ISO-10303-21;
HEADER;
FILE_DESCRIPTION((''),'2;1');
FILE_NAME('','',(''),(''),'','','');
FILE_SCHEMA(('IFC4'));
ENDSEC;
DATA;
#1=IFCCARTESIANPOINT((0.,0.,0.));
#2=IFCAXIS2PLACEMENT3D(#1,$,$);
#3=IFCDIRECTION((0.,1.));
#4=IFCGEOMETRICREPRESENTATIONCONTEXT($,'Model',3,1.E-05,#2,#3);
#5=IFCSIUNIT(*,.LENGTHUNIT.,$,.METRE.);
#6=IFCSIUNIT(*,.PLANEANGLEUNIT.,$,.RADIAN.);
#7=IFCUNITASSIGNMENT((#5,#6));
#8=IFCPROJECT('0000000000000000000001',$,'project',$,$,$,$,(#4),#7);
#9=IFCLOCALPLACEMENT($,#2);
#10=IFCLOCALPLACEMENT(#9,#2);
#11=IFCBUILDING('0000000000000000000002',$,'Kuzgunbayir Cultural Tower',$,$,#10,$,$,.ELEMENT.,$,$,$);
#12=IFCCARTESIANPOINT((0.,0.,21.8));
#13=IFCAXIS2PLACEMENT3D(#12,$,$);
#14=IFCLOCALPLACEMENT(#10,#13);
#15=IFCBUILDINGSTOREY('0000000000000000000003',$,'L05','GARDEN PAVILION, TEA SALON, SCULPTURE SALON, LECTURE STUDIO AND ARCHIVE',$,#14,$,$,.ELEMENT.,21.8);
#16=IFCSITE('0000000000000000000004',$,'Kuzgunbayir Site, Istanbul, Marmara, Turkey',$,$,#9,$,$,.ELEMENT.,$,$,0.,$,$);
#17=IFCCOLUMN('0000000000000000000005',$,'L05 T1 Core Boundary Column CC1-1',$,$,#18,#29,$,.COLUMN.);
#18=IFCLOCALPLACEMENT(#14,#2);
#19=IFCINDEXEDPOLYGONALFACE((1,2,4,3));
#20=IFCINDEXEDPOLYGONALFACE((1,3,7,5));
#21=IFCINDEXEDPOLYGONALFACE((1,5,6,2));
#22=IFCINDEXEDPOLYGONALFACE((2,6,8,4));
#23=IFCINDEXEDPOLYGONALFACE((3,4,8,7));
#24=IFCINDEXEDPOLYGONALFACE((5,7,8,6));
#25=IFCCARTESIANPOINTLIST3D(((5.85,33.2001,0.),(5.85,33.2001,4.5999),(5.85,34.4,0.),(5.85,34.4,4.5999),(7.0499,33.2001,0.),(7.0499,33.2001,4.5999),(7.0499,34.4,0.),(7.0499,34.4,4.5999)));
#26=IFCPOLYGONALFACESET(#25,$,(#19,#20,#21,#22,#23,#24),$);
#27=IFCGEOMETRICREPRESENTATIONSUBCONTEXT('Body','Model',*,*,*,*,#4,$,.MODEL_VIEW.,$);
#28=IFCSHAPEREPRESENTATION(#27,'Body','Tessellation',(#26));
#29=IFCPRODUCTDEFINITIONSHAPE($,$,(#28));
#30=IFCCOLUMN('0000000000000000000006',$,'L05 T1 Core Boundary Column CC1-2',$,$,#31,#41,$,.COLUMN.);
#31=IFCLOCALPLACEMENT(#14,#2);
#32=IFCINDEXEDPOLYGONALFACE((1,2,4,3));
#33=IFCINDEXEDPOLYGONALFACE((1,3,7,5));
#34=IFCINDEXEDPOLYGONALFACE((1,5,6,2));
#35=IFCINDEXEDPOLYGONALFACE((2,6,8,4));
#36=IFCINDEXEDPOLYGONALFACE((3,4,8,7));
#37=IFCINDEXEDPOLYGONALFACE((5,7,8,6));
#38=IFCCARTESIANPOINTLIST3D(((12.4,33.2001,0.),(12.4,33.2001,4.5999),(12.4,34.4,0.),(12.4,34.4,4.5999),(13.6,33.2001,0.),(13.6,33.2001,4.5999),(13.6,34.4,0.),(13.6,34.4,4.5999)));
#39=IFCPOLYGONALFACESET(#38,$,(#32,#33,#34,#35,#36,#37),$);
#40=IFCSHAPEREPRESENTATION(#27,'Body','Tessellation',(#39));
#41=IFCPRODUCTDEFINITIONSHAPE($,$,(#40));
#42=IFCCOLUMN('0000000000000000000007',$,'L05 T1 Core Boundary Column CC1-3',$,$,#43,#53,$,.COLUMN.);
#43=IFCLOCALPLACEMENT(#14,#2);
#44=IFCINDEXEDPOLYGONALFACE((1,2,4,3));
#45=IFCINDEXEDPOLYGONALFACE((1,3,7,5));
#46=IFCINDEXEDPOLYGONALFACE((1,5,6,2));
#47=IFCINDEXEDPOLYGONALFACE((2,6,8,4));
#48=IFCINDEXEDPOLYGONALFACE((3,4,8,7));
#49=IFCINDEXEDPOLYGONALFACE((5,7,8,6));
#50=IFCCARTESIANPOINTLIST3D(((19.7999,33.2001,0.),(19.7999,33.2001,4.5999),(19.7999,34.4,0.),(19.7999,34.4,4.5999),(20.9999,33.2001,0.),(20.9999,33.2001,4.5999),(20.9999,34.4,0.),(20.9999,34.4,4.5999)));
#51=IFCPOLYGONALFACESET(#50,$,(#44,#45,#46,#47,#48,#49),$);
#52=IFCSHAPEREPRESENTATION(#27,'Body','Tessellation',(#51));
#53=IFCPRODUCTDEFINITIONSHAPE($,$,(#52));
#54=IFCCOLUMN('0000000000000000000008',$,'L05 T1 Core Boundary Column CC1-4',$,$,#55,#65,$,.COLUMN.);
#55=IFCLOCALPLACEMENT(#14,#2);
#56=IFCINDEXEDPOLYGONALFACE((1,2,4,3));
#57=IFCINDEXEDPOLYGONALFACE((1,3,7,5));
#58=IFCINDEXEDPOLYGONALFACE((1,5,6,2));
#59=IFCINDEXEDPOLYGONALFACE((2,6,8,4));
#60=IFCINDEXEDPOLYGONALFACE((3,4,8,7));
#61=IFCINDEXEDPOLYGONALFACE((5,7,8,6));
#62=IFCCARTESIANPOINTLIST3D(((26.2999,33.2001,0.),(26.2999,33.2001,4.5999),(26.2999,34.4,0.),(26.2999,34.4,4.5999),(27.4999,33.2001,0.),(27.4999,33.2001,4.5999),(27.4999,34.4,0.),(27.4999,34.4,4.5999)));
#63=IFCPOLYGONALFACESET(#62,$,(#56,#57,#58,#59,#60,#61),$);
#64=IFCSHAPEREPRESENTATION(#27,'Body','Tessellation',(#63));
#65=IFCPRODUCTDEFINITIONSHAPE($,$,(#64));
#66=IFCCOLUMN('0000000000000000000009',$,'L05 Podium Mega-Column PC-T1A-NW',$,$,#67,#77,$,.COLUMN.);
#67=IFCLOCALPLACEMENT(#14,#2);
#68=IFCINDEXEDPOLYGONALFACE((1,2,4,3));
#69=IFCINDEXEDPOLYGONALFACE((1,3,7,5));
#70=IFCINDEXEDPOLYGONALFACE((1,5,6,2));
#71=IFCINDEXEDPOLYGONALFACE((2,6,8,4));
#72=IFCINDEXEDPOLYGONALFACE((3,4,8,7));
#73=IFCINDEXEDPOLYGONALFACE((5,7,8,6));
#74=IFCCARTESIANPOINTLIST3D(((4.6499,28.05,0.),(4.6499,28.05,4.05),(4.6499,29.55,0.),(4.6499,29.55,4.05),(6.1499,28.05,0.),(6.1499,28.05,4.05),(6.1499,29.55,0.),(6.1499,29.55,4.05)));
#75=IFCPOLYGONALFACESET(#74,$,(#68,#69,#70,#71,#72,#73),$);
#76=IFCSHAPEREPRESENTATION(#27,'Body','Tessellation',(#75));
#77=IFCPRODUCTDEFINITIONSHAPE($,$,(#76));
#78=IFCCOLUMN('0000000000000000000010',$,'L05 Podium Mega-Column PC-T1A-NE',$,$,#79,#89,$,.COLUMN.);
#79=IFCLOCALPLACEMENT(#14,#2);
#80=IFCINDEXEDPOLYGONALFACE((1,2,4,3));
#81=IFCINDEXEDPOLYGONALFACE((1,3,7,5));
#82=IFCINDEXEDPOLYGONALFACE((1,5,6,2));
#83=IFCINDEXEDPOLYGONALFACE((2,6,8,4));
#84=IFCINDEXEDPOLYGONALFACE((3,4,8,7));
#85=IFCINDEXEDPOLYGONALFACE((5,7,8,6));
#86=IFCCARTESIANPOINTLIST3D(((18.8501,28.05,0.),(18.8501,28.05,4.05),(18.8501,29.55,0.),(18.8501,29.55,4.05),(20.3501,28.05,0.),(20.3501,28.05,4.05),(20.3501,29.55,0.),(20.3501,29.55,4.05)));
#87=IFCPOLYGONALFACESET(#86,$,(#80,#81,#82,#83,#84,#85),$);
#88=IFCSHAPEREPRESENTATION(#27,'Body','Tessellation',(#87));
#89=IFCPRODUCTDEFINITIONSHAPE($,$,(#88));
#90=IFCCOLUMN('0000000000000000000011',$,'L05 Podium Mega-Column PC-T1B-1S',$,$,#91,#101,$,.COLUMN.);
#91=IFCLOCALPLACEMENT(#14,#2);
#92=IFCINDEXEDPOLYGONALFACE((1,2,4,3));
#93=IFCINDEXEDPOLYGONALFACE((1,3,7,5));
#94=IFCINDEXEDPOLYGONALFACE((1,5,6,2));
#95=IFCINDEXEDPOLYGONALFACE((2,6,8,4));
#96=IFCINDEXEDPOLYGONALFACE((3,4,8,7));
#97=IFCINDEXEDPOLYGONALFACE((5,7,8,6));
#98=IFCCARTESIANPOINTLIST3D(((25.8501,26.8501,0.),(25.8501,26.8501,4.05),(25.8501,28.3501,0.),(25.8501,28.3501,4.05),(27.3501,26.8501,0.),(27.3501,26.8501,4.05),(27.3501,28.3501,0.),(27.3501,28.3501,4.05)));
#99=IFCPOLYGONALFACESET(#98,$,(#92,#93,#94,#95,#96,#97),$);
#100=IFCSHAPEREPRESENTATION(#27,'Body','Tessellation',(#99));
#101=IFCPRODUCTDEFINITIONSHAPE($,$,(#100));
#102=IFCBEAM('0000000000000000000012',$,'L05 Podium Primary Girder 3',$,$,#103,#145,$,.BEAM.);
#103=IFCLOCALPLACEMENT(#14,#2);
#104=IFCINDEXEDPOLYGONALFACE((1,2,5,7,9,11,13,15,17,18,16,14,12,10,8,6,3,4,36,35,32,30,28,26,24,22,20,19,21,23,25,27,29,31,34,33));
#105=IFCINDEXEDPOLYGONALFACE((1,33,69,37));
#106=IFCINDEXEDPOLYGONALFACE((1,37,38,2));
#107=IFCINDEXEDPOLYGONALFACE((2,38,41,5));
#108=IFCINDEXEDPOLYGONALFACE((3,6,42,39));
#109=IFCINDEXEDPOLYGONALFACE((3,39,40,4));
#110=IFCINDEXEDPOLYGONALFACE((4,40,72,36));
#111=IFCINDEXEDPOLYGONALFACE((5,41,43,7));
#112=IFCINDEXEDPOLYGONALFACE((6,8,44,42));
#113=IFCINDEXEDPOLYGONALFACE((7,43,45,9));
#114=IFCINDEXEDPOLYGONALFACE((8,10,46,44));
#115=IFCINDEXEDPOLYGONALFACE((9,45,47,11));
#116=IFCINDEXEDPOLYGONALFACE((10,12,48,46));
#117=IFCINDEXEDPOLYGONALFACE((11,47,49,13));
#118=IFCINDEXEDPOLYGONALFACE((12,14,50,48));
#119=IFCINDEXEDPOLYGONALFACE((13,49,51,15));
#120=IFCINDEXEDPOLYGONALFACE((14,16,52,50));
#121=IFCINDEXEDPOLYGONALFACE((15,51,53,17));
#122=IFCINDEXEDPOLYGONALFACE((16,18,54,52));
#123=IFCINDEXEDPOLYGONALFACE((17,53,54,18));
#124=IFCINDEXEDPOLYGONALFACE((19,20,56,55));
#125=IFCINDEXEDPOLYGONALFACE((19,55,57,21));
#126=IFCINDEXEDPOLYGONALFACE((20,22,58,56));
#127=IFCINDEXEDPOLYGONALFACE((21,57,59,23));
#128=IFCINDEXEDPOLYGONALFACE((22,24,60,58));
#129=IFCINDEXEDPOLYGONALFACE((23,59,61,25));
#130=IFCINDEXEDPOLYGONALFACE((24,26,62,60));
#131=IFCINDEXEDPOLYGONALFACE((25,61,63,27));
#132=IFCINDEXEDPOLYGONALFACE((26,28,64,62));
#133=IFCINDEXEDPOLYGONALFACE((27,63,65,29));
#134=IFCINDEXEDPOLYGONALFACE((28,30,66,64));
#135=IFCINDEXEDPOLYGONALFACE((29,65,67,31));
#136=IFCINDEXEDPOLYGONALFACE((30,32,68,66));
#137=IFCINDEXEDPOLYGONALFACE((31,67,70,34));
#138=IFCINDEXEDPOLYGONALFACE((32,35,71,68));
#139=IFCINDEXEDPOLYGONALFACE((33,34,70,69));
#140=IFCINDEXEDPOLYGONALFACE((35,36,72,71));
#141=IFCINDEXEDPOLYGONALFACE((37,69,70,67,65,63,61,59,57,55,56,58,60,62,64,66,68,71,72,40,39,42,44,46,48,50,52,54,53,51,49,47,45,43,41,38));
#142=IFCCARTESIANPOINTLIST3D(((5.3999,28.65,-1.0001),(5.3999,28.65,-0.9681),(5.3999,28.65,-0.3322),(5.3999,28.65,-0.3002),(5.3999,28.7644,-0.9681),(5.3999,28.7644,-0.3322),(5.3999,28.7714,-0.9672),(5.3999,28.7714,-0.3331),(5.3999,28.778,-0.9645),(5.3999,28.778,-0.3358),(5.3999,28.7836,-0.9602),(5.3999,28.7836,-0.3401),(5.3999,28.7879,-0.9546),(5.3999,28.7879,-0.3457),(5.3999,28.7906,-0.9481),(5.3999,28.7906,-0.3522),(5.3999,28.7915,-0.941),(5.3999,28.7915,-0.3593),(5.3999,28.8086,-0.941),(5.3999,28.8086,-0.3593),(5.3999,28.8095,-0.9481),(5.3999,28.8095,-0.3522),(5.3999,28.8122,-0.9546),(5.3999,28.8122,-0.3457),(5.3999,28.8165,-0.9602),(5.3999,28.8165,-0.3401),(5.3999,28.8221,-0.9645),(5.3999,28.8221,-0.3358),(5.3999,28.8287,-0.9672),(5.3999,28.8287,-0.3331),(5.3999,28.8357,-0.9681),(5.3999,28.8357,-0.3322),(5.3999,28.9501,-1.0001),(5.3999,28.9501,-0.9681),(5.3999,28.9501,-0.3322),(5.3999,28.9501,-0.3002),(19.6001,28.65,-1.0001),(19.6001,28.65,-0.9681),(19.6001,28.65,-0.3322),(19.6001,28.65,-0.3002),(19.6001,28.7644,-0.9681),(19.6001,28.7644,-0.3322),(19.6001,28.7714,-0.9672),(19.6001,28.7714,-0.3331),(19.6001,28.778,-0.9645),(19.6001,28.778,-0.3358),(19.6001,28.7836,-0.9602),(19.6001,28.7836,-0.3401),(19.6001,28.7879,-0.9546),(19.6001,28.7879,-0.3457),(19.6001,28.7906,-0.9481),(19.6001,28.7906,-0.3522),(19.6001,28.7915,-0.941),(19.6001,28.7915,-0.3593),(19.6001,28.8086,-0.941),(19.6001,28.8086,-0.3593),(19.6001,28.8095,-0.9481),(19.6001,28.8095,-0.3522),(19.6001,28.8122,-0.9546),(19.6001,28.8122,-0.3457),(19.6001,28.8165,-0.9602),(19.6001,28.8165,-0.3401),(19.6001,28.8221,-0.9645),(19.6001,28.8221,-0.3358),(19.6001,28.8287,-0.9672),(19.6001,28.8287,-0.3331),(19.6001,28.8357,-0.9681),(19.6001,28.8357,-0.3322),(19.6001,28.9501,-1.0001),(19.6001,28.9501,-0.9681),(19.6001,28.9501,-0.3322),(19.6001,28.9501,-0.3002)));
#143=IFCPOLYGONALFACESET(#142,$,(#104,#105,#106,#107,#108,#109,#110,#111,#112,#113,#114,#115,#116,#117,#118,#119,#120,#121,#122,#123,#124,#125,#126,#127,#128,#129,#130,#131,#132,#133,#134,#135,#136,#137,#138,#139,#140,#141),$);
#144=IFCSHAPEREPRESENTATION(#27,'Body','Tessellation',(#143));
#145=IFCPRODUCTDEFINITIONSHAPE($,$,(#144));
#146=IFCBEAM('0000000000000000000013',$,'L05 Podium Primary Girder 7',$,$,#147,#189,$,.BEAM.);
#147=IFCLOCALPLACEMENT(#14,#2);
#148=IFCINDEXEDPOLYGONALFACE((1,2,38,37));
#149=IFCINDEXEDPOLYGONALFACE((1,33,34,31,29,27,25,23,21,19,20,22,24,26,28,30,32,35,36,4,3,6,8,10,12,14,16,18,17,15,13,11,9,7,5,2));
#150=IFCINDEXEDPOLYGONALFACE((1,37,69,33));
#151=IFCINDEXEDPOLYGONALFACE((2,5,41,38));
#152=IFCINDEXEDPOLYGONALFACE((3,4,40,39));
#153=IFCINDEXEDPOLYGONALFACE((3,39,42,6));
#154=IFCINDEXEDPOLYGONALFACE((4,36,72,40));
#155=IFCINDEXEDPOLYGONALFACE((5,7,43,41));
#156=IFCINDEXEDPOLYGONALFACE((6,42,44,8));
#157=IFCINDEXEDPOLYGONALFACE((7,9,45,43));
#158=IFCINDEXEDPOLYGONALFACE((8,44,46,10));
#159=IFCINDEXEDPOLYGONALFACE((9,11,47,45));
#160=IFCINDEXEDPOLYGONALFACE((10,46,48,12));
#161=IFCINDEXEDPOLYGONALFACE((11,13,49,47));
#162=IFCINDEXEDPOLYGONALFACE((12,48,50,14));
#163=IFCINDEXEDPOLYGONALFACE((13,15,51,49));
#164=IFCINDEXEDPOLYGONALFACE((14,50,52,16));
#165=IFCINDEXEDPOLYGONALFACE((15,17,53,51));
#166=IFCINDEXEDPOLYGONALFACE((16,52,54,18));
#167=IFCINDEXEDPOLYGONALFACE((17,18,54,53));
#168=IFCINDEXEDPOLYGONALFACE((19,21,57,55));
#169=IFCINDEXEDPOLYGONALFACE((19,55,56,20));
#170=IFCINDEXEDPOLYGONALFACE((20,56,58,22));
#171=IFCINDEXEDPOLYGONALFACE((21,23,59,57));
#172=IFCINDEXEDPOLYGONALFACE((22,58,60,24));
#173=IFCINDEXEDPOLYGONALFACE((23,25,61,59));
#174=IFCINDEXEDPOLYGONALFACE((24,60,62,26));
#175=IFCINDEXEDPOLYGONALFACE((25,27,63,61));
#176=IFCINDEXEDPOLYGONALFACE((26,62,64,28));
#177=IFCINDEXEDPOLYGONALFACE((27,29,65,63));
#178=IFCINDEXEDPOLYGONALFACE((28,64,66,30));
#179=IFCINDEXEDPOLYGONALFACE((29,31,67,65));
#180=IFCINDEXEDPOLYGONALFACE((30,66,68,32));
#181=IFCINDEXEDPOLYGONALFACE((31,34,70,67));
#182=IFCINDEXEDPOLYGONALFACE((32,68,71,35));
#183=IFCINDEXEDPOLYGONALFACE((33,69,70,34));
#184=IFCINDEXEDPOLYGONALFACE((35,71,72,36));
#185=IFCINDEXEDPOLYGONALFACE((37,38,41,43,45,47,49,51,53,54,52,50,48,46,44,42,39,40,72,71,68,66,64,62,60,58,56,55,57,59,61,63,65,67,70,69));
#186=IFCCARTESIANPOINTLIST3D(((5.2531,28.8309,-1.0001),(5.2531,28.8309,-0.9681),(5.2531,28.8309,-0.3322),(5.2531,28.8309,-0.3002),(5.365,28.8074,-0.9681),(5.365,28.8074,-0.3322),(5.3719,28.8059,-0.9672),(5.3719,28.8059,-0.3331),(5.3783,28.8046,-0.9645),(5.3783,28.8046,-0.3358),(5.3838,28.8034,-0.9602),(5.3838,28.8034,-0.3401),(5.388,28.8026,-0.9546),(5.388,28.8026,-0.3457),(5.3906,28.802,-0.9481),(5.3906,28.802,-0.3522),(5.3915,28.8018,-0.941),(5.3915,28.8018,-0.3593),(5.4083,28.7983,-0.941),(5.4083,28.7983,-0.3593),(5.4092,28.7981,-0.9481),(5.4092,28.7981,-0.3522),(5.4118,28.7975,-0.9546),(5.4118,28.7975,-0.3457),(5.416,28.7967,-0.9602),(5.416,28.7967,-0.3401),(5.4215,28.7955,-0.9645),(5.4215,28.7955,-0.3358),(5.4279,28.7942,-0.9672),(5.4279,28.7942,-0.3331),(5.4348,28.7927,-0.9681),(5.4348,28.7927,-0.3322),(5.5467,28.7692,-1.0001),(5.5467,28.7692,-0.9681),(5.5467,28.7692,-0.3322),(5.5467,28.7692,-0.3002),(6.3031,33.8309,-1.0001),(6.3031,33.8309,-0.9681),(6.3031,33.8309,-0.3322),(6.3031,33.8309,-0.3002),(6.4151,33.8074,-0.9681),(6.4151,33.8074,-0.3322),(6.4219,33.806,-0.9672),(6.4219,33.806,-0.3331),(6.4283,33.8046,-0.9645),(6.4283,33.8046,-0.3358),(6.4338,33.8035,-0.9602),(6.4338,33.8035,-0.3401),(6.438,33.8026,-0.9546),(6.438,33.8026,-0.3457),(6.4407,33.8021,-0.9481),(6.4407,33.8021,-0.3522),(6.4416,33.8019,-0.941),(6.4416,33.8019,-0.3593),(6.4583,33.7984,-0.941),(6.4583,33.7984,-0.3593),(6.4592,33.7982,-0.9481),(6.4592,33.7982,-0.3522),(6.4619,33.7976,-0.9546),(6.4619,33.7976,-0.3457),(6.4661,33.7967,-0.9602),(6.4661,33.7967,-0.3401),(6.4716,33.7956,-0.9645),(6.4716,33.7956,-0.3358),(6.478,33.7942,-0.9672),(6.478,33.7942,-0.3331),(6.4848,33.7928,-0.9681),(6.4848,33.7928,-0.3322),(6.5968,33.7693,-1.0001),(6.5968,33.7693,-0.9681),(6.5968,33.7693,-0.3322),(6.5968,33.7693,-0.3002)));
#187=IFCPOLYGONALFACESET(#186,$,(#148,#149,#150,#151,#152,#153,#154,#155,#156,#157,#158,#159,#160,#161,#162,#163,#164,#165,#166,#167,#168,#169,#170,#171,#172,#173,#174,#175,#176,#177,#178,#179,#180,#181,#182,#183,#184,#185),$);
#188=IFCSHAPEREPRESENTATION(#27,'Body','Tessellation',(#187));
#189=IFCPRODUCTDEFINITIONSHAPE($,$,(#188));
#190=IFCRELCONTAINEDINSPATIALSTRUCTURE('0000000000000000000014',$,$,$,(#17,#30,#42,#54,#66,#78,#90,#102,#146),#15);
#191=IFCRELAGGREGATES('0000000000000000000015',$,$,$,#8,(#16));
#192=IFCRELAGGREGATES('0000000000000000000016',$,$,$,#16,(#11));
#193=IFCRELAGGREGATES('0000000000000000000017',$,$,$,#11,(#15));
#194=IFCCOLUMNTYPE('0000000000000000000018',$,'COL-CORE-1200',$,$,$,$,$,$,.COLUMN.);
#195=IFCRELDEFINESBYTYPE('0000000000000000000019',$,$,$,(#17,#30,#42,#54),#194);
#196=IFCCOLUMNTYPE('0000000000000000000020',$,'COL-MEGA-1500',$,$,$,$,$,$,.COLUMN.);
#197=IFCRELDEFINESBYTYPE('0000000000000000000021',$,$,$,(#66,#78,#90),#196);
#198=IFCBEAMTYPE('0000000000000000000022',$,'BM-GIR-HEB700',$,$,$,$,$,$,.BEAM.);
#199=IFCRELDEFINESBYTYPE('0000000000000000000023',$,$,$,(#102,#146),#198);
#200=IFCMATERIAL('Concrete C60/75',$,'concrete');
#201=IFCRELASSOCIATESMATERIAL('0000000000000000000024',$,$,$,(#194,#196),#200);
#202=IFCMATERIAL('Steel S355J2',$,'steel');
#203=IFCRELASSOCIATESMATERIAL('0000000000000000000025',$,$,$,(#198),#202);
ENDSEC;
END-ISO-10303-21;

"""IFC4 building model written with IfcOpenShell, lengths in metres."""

from ifc_helpers import new_model, si_unit, direction, frame, origin, origin_2d, place, context, subcontext, project, spatial, rectangle, i_section, extrude, material, material_profile, profile_set, type_object, element, save


model = new_model("IFC4")

# Units and contexts
model_context = context("Model", 3, precision=1e-05, world=origin(), true_north=direction((0.0, 1.0)))
body_context = subcontext(model_context, "Body", "Model", "MODEL_VIEW")
ifc_project = project(units=[si_unit("LENGTHUNIT", "METRE"), si_unit("PLANEANGLEUNIT", "RADIAN")], contexts=[model_context])

# Site, building, storey
site_placement = place(None, origin())
site = spatial("IfcSite", under=ifc_project, at=site_placement, Name="Kuzgunbayir Site, Istanbul, Marmara, Turkey", CompositionType="ELEMENT", RefElevation=0.0)
building_placement = place(site_placement, origin())
building = spatial("IfcBuilding", under=site, at=building_placement, Name="Kuzgunbayir Cultural Tower", CompositionType="ELEMENT")
storey_placement = place(building_placement, frame((0.0, 0.0, 21.8)))
storey = spatial("IfcBuildingStorey", under=building, at=storey_placement, Name="L05", Description="GARDEN PAVILION, TEA SALON, SCULPTURE SALON, LECTURE STUDIO AND ARCHIVE", CompositionType="ELEMENT", Elevation=21.8)

# Columns
ifc_material_1 = material(Name="Concrete C60/75", Category="concrete")
ifc_material_profile_1 = material_profile(ifc_material_1, rectangle(XDim=1.2, YDim=1.2, at=origin_2d()), Name="RC 1200x1200")
ifc_profile_set_1 = profile_set([ifc_material_profile_1], Name="Concrete C60/75")
column_type_1 = type_object("IfcColumnType", Name="COL-CORE-1200", PredefinedType="COLUMN", material=ifc_profile_set_1)
for number, where, z_axis, x_axis, name in (
    (1, (6.45, 33.8, 0.0), (0.0, 0.0, 1.0), (1.0, 0.0, 0.0), "L05 T1 Core Boundary Column CC1-1"),
    (2, (13.0, 33.8, 0.0), (0.0, 0.0, 1.0), (1.0, 0.0, 0.0), "L05 T1 Core Boundary Column CC1-2"),
    (3, (20.3999, 33.8, 0.0), (0.0, 0.0, 1.0), (1.0, 0.0, 0.0), "L05 T1 Core Boundary Column CC1-3"),
    (4, (26.8999, 33.8, 0.0), (0.0, 0.0, 1.0), (1.0, 0.0, 0.0), "L05 T1 Core Boundary Column CC1-4"),
):
    element("IfcColumn", number, at=place(storey_placement, frame(where, z_axis=z_axis, x_axis=x_axis)), inside=storey, type_object=column_type_1, Name=name, PredefinedType="COLUMN", context=body_context, shape_type="SweptSolid", body=[
        extrude(rectangle(XDim=1.2, YDim=1.2, at=origin_2d()), origin(), (0.0, 0.0, 1.0), 4.5999),
    ])
ifc_material_profile_2 = material_profile(ifc_material_1, rectangle(XDim=1.5, YDim=1.5, at=origin_2d()), Name="RC 1500x1500")
ifc_profile_set_2 = profile_set([ifc_material_profile_2], Name="Concrete C60/75")
column_type_2 = type_object("IfcColumnType", Name="COL-MEGA-1500", PredefinedType="COLUMN", material=ifc_profile_set_2)
for number, where, z_axis, x_axis, name in (
    (5, (5.3999, 28.8, 0.0), (0.0, 0.0, 1.0), (1.0, 0.0, 0.0), "L05 Podium Mega-Column PC-T1A-NW"),
    (6, (19.6001, 28.8, 0.0), (0.0, 0.0, 1.0), (1.0, 0.0, 0.0), "L05 Podium Mega-Column PC-T1A-NE"),
    (7, (26.6001, 27.6001, 0.0), (0.0, 0.0, 1.0), (1.0, 0.0, 0.0), "L05 Podium Mega-Column PC-T1B-1S"),
):
    element("IfcColumn", number, at=place(storey_placement, frame(where, z_axis=z_axis, x_axis=x_axis)), inside=storey, type_object=column_type_2, Name=name, PredefinedType="COLUMN", context=body_context, shape_type="SweptSolid", body=[
        extrude(rectangle(XDim=1.5, YDim=1.5, at=origin_2d()), origin(), (0.0, 0.0, 1.0), 4.05),
    ])

# Beams
ifc_material_2 = material(Name="Steel S355J2", Category="steel")
ifc_material_profile_3 = material_profile(ifc_material_2, i_section(OverallWidth=0.3, OverallDepth=0.7, WebThickness=0.0171, FlangeThickness=0.032, FilletRadius=0.0271, at=origin_2d()), Name="HEB 700")
ifc_profile_set_3 = profile_set([ifc_material_profile_3], Name="Steel S355J2")
beam_type = type_object("IfcBeamType", Name="BM-GIR-HEB700", PredefinedType="BEAM", material=ifc_profile_set_3)
beam_1_placement = place(storey_placement, frame((5.3999, 28.8, -0.6501), z_axis=(1.0, 0.0, 0.0), x_axis=(0.0, 1.0, 0.0)))
element("IfcBeam", 8, at=beam_1_placement, inside=storey, type_object=beam_type, Name="L05 Podium Primary Girder 3", PredefinedType="BEAM", context=body_context, shape_type="SweptSolid", body=[
    extrude(i_section(OverallWidth=0.3, OverallDepth=0.7, WebThickness=0.0171, FlangeThickness=0.032, FilletRadius=0.0271, at=origin_2d()), origin(), (0.0, 0.0, 1.0), 14.2002),
])
beam_2_placement = place(storey_placement, frame((5.3999, 28.8, -0.6501), z_axis=(0.205526, 0.978652, 0.0), x_axis=(-0.978652, 0.205526, 0.0)))
element("IfcBeam", 9, at=beam_2_placement, inside=storey, type_object=beam_type, Name="L05 Podium Primary Girder 7", PredefinedType="BEAM", context=body_context, shape_type="SweptSolid", body=[
    extrude(i_section(OverallWidth=0.3, OverallDepth=0.7, WebThickness=0.0171, FlangeThickness=0.032, FilletRadius=0.0271, at=origin_2d()), origin(), (0.0, 0.0, 1.0), 5.1091),
])

save(model, "model.ifc")
